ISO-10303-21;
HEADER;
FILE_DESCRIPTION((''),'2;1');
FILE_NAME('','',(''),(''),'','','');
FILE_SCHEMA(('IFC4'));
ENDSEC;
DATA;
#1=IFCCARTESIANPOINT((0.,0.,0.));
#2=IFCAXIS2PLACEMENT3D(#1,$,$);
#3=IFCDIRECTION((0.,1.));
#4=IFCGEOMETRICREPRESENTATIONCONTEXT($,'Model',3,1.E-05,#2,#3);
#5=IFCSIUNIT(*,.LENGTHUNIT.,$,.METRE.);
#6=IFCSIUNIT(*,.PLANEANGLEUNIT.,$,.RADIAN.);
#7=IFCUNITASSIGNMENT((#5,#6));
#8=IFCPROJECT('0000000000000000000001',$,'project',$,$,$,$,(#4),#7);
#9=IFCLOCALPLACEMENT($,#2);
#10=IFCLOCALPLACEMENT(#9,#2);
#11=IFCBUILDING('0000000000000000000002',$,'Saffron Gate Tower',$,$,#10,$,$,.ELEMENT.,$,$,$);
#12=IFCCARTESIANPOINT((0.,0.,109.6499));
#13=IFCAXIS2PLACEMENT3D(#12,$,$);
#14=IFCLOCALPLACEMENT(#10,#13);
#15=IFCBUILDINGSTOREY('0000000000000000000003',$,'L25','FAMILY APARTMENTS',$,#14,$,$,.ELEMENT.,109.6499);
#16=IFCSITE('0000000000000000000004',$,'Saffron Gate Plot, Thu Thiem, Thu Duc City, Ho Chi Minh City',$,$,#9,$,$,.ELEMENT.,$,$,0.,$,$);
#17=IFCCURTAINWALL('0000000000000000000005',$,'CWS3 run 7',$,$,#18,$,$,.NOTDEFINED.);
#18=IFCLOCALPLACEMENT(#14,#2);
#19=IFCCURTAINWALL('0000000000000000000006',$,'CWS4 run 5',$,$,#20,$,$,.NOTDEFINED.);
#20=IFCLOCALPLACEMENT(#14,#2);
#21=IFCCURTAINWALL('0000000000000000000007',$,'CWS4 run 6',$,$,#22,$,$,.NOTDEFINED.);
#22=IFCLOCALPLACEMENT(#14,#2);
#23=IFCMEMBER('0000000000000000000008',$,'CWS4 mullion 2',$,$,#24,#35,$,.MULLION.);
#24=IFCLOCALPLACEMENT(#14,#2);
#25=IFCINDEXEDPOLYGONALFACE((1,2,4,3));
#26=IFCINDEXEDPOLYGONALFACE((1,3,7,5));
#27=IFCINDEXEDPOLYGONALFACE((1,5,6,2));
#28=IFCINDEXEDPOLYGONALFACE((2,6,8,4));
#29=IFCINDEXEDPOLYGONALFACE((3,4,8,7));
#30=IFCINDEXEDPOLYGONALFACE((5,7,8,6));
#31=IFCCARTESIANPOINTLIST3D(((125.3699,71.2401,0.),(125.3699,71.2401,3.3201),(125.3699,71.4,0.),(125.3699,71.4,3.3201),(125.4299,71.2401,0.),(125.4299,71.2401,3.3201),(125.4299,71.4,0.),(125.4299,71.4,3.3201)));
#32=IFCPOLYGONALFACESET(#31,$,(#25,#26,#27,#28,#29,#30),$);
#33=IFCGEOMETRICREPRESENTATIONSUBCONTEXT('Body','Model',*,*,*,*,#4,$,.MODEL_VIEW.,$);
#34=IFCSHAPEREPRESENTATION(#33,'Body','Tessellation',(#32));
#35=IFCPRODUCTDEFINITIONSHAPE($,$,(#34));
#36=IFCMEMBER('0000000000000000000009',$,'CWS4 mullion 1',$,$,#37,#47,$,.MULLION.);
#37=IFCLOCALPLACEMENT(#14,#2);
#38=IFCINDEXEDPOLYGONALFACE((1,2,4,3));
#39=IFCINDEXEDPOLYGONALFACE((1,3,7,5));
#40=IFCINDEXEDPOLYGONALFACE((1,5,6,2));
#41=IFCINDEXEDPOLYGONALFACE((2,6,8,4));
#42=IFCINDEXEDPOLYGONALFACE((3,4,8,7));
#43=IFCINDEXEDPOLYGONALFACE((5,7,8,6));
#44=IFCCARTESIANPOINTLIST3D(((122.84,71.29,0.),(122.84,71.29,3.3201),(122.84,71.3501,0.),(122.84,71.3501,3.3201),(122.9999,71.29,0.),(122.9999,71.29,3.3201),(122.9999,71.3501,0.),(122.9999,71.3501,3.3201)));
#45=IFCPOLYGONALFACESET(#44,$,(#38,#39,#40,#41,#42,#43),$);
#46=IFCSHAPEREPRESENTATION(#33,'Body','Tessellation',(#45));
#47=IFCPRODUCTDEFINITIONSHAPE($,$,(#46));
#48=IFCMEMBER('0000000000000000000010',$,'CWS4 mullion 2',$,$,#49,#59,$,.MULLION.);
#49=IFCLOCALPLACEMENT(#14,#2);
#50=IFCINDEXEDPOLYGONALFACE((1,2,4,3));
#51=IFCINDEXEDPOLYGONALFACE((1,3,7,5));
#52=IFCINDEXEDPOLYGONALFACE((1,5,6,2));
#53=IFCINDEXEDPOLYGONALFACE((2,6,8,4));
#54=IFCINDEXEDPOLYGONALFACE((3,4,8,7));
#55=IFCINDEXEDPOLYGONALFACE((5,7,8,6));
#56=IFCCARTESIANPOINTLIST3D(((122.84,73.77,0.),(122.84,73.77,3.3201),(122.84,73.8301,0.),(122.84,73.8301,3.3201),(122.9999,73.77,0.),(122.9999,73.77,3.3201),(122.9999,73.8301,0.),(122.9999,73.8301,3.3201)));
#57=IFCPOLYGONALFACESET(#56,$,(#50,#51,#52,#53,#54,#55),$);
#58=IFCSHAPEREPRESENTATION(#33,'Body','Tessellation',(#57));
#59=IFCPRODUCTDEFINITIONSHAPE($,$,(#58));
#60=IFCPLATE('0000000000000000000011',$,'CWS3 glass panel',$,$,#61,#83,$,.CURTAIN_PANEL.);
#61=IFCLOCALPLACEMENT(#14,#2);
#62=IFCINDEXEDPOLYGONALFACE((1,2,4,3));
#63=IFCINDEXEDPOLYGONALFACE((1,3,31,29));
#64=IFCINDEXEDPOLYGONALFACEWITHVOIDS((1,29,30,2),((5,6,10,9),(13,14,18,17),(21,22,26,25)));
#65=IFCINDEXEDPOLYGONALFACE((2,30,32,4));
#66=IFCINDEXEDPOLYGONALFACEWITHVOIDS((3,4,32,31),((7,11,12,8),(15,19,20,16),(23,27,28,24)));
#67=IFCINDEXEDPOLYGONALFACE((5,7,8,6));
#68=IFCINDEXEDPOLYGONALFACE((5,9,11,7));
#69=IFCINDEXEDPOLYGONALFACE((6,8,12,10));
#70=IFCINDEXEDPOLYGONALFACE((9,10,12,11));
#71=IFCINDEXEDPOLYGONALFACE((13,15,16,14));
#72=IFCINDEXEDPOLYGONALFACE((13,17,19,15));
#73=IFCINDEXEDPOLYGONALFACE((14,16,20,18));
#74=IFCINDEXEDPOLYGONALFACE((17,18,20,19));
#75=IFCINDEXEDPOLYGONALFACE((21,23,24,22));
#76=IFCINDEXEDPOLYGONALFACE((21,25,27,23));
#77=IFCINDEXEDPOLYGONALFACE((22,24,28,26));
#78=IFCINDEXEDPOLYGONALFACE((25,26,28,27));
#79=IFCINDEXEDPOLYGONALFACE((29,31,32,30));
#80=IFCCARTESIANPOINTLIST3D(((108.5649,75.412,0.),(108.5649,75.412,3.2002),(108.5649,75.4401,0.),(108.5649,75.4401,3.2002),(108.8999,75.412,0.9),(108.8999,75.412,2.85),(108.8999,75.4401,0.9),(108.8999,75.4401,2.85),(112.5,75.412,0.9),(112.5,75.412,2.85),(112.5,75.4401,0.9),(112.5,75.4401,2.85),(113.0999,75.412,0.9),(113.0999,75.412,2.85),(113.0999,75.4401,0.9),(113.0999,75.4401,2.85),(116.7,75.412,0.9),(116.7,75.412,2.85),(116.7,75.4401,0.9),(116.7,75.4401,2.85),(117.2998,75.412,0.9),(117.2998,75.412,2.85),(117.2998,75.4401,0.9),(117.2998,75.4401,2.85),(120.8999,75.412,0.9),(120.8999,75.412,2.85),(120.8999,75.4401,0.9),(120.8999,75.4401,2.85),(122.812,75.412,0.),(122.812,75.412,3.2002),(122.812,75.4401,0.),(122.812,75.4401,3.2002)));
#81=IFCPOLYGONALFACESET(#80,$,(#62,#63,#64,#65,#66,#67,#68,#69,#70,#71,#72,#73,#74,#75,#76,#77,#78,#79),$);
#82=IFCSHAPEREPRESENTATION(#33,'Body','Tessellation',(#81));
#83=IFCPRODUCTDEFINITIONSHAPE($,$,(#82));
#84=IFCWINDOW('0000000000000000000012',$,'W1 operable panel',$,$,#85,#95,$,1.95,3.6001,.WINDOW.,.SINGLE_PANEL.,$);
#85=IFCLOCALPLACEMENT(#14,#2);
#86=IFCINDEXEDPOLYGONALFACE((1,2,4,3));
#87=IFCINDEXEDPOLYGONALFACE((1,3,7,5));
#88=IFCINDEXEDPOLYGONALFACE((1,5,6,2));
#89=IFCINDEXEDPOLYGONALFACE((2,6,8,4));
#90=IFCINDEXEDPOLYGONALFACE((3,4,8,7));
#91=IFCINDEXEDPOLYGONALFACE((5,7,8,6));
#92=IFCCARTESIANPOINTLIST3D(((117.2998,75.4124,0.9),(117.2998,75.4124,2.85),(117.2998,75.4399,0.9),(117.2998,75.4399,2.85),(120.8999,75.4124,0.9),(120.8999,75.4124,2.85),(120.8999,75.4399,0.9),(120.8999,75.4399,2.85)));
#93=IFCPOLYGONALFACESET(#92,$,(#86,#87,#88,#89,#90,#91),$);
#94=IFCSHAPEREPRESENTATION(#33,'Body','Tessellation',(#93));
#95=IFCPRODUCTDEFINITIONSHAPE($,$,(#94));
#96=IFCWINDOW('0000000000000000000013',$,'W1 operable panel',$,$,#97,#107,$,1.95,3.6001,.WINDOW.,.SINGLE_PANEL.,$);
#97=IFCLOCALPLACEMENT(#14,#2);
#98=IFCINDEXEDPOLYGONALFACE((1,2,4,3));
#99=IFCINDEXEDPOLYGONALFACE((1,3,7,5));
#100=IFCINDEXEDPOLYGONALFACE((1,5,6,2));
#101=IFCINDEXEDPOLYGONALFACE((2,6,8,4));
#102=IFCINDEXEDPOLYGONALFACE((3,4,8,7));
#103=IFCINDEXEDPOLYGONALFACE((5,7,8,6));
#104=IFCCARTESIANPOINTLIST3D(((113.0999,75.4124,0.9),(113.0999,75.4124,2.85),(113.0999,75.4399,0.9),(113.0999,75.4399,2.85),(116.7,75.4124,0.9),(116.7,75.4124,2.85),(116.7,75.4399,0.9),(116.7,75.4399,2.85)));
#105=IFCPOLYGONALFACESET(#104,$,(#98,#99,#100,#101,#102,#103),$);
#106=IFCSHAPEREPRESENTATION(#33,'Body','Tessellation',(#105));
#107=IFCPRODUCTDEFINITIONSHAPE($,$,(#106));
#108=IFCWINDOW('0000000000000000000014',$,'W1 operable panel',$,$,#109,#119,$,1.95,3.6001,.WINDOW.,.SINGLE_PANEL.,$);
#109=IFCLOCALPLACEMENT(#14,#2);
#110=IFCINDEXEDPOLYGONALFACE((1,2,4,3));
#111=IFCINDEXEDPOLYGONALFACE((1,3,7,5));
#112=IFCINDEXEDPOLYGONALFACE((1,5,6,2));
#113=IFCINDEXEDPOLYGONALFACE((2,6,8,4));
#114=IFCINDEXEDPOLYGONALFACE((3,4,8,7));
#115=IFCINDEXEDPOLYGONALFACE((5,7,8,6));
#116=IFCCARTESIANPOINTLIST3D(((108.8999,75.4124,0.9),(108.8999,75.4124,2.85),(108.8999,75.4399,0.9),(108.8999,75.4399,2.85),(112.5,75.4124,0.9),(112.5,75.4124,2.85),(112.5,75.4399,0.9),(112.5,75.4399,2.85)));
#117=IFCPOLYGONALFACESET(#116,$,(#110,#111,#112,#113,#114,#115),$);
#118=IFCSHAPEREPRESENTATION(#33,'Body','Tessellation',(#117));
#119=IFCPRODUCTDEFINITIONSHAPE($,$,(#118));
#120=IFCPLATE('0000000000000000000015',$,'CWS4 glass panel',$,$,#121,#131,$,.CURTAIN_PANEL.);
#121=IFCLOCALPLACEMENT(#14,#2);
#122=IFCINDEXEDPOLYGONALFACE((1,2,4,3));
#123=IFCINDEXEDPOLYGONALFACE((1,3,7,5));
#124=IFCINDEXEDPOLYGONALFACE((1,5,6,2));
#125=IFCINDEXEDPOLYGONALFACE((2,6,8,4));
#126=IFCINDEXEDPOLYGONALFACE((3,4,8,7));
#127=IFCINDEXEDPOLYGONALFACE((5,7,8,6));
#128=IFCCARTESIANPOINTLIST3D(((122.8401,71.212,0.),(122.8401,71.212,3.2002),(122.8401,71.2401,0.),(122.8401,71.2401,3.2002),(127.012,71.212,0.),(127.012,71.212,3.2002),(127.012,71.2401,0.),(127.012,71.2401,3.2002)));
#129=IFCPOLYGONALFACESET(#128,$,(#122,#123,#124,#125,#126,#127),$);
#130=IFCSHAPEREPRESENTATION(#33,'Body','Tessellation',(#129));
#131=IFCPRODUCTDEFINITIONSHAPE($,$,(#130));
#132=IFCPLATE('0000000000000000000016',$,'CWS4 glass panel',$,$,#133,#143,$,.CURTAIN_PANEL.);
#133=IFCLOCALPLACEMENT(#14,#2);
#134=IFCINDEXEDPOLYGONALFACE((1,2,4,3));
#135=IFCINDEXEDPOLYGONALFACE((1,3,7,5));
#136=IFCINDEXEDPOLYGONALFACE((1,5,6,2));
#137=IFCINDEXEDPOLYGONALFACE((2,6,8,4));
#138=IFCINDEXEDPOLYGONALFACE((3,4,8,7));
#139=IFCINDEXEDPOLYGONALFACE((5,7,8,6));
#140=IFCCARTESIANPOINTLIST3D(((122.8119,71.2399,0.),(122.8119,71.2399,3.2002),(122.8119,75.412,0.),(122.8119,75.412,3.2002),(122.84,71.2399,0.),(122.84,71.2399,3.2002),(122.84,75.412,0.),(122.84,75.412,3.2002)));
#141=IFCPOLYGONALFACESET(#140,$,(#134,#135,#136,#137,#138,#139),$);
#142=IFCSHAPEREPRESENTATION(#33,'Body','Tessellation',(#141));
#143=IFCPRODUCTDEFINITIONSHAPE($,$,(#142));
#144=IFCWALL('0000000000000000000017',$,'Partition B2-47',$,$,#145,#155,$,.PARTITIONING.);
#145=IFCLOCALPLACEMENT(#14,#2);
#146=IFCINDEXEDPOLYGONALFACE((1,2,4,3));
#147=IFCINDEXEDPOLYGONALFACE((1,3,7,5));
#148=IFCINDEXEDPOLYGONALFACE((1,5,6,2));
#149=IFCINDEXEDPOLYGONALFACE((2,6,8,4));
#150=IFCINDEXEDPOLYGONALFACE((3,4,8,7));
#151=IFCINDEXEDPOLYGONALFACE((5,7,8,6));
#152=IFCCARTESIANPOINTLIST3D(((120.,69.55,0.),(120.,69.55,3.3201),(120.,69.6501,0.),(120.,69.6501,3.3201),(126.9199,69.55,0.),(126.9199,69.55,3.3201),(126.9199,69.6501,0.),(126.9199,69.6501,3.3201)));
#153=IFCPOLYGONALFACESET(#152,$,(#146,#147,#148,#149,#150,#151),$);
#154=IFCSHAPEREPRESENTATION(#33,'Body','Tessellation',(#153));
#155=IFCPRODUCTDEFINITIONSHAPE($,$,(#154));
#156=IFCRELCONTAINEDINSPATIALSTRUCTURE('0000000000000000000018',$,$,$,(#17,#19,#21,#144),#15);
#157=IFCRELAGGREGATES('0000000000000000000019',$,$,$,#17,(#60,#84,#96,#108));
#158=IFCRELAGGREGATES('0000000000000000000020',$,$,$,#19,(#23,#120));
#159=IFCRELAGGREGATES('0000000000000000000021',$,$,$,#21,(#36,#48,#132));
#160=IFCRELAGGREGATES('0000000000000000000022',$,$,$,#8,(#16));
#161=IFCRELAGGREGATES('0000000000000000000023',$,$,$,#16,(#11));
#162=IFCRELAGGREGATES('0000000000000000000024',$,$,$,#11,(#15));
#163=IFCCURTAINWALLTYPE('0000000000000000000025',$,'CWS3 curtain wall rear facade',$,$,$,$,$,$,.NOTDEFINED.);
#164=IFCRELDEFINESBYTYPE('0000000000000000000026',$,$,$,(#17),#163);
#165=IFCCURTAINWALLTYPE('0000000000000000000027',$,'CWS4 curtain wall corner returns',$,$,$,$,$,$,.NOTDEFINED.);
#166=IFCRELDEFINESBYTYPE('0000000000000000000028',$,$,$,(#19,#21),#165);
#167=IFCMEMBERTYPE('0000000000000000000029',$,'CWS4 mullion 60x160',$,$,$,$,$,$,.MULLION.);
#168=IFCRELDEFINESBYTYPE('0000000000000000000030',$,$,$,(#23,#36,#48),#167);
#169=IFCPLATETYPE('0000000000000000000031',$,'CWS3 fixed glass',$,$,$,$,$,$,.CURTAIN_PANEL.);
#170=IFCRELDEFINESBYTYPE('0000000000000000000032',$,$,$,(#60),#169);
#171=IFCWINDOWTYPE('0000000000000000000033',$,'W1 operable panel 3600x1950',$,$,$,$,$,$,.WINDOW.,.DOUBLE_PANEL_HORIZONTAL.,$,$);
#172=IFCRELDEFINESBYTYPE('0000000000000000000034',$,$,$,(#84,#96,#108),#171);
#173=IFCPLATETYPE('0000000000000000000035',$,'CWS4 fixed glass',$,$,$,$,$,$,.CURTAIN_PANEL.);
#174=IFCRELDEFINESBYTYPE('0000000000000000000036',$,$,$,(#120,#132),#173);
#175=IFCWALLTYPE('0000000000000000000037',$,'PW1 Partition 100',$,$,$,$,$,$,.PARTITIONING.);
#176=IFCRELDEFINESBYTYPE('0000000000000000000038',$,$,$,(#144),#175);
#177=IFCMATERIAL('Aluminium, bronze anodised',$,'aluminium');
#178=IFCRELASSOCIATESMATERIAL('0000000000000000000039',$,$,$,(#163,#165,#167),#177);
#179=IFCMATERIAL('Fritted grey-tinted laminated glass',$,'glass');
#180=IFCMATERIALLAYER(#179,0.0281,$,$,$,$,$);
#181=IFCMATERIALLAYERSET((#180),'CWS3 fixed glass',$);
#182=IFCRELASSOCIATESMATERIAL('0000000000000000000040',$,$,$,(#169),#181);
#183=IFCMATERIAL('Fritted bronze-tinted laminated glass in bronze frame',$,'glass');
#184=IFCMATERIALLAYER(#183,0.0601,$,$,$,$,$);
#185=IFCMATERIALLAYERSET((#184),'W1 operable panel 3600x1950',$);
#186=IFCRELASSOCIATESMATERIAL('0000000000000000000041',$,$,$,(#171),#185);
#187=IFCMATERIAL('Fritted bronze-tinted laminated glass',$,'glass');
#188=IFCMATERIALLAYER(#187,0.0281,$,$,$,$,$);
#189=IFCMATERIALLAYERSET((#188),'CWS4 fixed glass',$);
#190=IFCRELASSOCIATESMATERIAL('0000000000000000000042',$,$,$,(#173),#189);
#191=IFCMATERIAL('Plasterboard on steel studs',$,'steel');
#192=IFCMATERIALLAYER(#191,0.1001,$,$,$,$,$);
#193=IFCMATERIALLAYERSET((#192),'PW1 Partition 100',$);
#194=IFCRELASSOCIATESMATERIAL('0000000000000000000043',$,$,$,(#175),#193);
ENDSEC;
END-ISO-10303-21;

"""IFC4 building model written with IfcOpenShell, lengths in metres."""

from ifc_helpers import new_model, si_unit, direction, frame, frame_2d, origin, origin_2d, place, context, subcontext, project, spatial, rectangle, extrude, material, layer, layer_set, material_profile, profile_set, type_object, element, fill, aggregate, save


model = new_model("IFC4")

# Units and contexts
model_context = context("Model", 3, precision=1e-05, world=origin(), true_north=direction((0.0, 1.0)))
body_context = subcontext(model_context, "Body", "Model", "MODEL_VIEW")
ifc_project = project(units=[si_unit("LENGTHUNIT", "METRE"), si_unit("PLANEANGLEUNIT", "RADIAN")], contexts=[model_context])

# Site, building, storey
site_placement = place(None, origin())
site = spatial("IfcSite", under=ifc_project, at=site_placement, Name="Saffron Gate Plot, Thu Thiem, Thu Duc City, Ho Chi Minh City", CompositionType="ELEMENT", RefElevation=0.0)
building_placement = place(site_placement, origin())
building = spatial("IfcBuilding", under=site, at=building_placement, Name="Saffron Gate Tower", CompositionType="ELEMENT")
storey_placement = place(building_placement, frame((0.0, 0.0, 109.6499)))
storey = spatial("IfcBuildingStorey", under=building, at=storey_placement, Name="L25", Description="FAMILY APARTMENTS", CompositionType="ELEMENT", Elevation=109.6499)

# Shared definitions
ifc_material_1 = material(Name="Aluminium, bronze anodised", Category="aluminium")

# Curtain wall
curtain_wall_type_1 = type_object("IfcCurtainWallType", Name="CWS3 curtain wall rear facade", PredefinedType="NOTDEFINED", material=ifc_material_1)
curtain_wall_1_placement = place(storey_placement, origin())
curtain_wall_1 = element("IfcCurtainWall", 1, at=curtain_wall_1_placement, inside=storey, type_object=curtain_wall_type_1, Name="CWS3 run 7", PredefinedType="NOTDEFINED")

# Curtain walls
curtain_wall_type_2 = type_object("IfcCurtainWallType", Name="CWS4 curtain wall corner returns", PredefinedType="NOTDEFINED", material=ifc_material_1)
curtain_wall_2_placement = place(storey_placement, origin())
curtain_wall_2 = element("IfcCurtainWall", 2, at=curtain_wall_2_placement, inside=storey, type_object=curtain_wall_type_2, Name="CWS4 run 5", PredefinedType="NOTDEFINED")
curtain_wall_3_placement = place(storey_placement, origin())
curtain_wall_3 = element("IfcCurtainWall", 3, at=curtain_wall_3_placement, inside=storey, type_object=curtain_wall_type_2, Name="CWS4 run 6", PredefinedType="NOTDEFINED")

# Members
ifc_material_profile_1 = material_profile(ifc_material_1, rectangle(XDim=0.1599, YDim=0.0601, at=origin_2d()))
ifc_profile_set_1 = profile_set([ifc_material_profile_1], Name="Aluminium, bronze anodised")
member_type_1 = type_object("IfcMemberType", Name="CWS4 mullion 60x160", PredefinedType="MULLION", material=ifc_profile_set_1)
member_1_placement = place(storey_placement, frame((125.3999, 71.3201, 0.0), z_axis=(0.0, 0.0, 1.0), x_axis=(0.0, -1.0, 0.0)))
member_1 = element("IfcMember", 4, at=member_1_placement, type_object=member_type_1, Name="CWS4 mullion 2", PredefinedType="MULLION", context=body_context, shape_type="SweptSolid", body=[
    extrude(rectangle(XDim=0.1599, YDim=0.0601, at=origin_2d()), origin(), (0.0, 0.0, 1.0), 3.3201),
])
member_2_placement = place(storey_placement, frame((122.9199, 71.3201, 0.0), z_axis=(0.0, 0.0, 1.0), x_axis=(-1.0, 0.0, 0.0)))
member_2 = element("IfcMember", 5, at=member_2_placement, type_object=member_type_1, Name="CWS4 mullion 1", PredefinedType="MULLION", context=body_context, shape_type="SweptSolid", body=[
    extrude(rectangle(XDim=0.1599, YDim=0.0601, at=origin_2d()), origin(), (0.0, 0.0, 1.0), 3.3201),
])
member_3_placement = place(storey_placement, frame((122.9199, 73.8, 0.0), z_axis=(0.0, 0.0, 1.0), x_axis=(-1.0, 0.0, 0.0)))
member_3 = element("IfcMember", 6, at=member_3_placement, type_object=member_type_1, Name="CWS4 mullion 2", PredefinedType="MULLION", context=body_context, shape_type="SweptSolid", body=[
    extrude(rectangle(XDim=0.1599, YDim=0.0601, at=origin_2d()), origin(), (0.0, 0.0, 1.0), 3.3201),
])

# Plate, openings, windows
ifc_material_2 = material(Name="Fritted grey-tinted laminated glass", Category="glass")
ifc_layer_1 = layer(ifc_material_2, 0.0281)
ifc_layer_set_1 = layer_set([ifc_layer_1], Name="CWS3 fixed glass")
plate_type_1 = type_object("IfcPlateType", Name="CWS3 fixed glass", PredefinedType="CURTAIN_PANEL", material=ifc_layer_set_1)
plate_1_placement = place(storey_placement, frame((122.812, 75.426, 0.0), z_axis=(0.0, 0.0, 1.0), x_axis=(-1.0, 0.0, 0.0)))
plate_1 = element("IfcPlate", 7, at=plate_1_placement, type_object=plate_type_1, Name="CWS3 glass panel", PredefinedType="CURTAIN_PANEL", context=body_context, shape_type="SweptSolid", body=[
    extrude(rectangle(XDim=14.2471, YDim=0.0281, at=frame_2d((7.1235, 0.0))), origin(), (0.0, 0.0, 1.0), 3.2002),
])
opening_1_placement = place(plate_1_placement, frame((1.9121, 0.0, 0.8999)))
opening_1 = element("IfcOpeningElement", 8, at=opening_1_placement, cuts=plate_1, PredefinedType="OPENING", context=body_context, shape_type="SweptSolid", body=[
    extrude(rectangle(XDim=3.6001, YDim=1.95, at=frame_2d((1.8, 0.9751))), frame((0.0, 0.0239, 0.0), z_axis=(0.0, -1.0, 0.0), x_axis=(1.0, 0.0, 0.0)), (0.0, 0.0, 1.0), 0.0481),
])
opening_2_placement = place(plate_1_placement, frame((6.1121, 0.0, 0.8999)))
opening_2 = element("IfcOpeningElement", 9, at=opening_2_placement, cuts=plate_1, PredefinedType="OPENING", context=body_context, shape_type="SweptSolid", body=[
    extrude(rectangle(XDim=3.6001, YDim=1.95, at=frame_2d((1.8, 0.9751))), frame((0.0, 0.0239, 0.0), z_axis=(0.0, -1.0, 0.0), x_axis=(1.0, 0.0, 0.0)), (0.0, 0.0, 1.0), 0.0481),
])
opening_3_placement = place(plate_1_placement, frame((10.312, 0.0, 0.8999)))
opening_3 = element("IfcOpeningElement", 10, at=opening_3_placement, cuts=plate_1, PredefinedType="OPENING", context=body_context, shape_type="SweptSolid", body=[
    extrude(rectangle(XDim=3.6001, YDim=1.95, at=frame_2d((1.8, 0.9751))), frame((0.0, 0.0239, 0.0), z_axis=(0.0, -1.0, 0.0), x_axis=(1.0, 0.0, 0.0)), (0.0, 0.0, 1.0), 0.0481),
])
ifc_material_3 = material(Name="Fritted bronze-tinted laminated glass in bronze frame", Category="glass")
ifc_layer_2 = layer(ifc_material_3, 0.0601)
ifc_layer_set_2 = layer_set([ifc_layer_2], Name="W1 operable panel 3600x1950")
window_type = type_object("IfcWindowType", Name="W1 operable panel 3600x1950", PartitioningType="DOUBLE_PANEL_HORIZONTAL", PredefinedType="WINDOW", material=ifc_layer_set_2)
window_1_placement = place(opening_1_placement, origin())
window_1 = element("IfcWindow", 11, at=window_1_placement, type_object=window_type, Name="W1 operable panel", OverallHeight=1.95, OverallWidth=3.6001, PartitioningType="SINGLE_PANEL", PredefinedType="WINDOW", context=body_context, shape_type="SweptSolid", body=[
    extrude(rectangle(XDim=3.6001, YDim=1.95, at=frame_2d((1.8, 0.9751))), frame((0.0, 0.0137, 0.0), z_axis=(0.0, -1.0, 0.0), x_axis=(1.0, 0.0, 0.0)), (0.0, 0.0, 1.0), 0.0276),
])
fill(opening_1, window_1)
window_2_placement = place(opening_2_placement, origin())
window_2 = element("IfcWindow", 12, at=window_2_placement, type_object=window_type, Name="W1 operable panel", OverallHeight=1.95, OverallWidth=3.6001, PartitioningType="SINGLE_PANEL", PredefinedType="WINDOW", context=body_context, shape_type="SweptSolid", body=[
    extrude(rectangle(XDim=3.6001, YDim=1.95, at=frame_2d((1.8, 0.9751))), frame((0.0, 0.0137, 0.0), z_axis=(0.0, -1.0, 0.0), x_axis=(1.0, 0.0, 0.0)), (0.0, 0.0, 1.0), 0.0276),
])
fill(opening_2, window_2)
window_3_placement = place(opening_3_placement, origin())
window_3 = element("IfcWindow", 13, at=window_3_placement, type_object=window_type, Name="W1 operable panel", OverallHeight=1.95, OverallWidth=3.6001, PartitioningType="SINGLE_PANEL", PredefinedType="WINDOW", context=body_context, shape_type="SweptSolid", body=[
    extrude(rectangle(XDim=3.6001, YDim=1.95, at=frame_2d((1.8, 0.9751))), frame((0.0, 0.0137, 0.0), z_axis=(0.0, -1.0, 0.0), x_axis=(1.0, 0.0, 0.0)), (0.0, 0.0, 1.0), 0.0276),
])
fill(opening_3, window_3)
aggregate(curtain_wall_1, [plate_1, window_1, window_2, window_3])

# Plates
ifc_material_4 = material(Name="Fritted bronze-tinted laminated glass", Category="glass")
ifc_layer_3 = layer(ifc_material_4, 0.0281)
ifc_layer_set_3 = layer_set([ifc_layer_3], Name="CWS4 fixed glass")
plate_type_2 = type_object("IfcPlateType", Name="CWS4 fixed glass", PredefinedType="CURTAIN_PANEL", material=ifc_layer_set_3)
plate_2_placement = place(storey_placement, frame((127.012, 71.2261, 0.0), z_axis=(0.0, 0.0, 1.0), x_axis=(-1.0, 0.0, 0.0)))
plate_2 = element("IfcPlate", 14, at=plate_2_placement, type_object=plate_type_2, Name="CWS4 glass panel", PredefinedType="CURTAIN_PANEL", context=body_context, shape_type="SweptSolid", body=[
    extrude(rectangle(XDim=4.1719, YDim=0.0281, at=frame_2d((2.0859, 0.0))), origin(), (0.0, 0.0, 1.0), 3.2002),
])
aggregate(curtain_wall_2, [member_1, plate_2])
plate_3_placement = place(storey_placement, frame((122.8259, 71.24, 0.0), z_axis=(0.0, 0.0, 1.0), x_axis=(0.0, 1.0, 0.0)))
plate_3 = element("IfcPlate", 15, at=plate_3_placement, type_object=plate_type_2, Name="CWS4 glass panel", PredefinedType="CURTAIN_PANEL", context=body_context, shape_type="SweptSolid", body=[
    extrude(rectangle(XDim=4.1721, YDim=0.0281, at=frame_2d((2.0859, 0.0))), origin(), (0.0, 0.0, 1.0), 3.2002),
])
aggregate(curtain_wall_3, [member_2, member_3, plate_3])

# Wall
ifc_material_5 = material(Name="Plasterboard on steel studs", Category="steel")
ifc_layer_4 = layer(ifc_material_5, 0.1001)
ifc_layer_set_4 = layer_set([ifc_layer_4], Name="PW1 Partition 100")
wall_type_1 = type_object("IfcWallType", Name="PW1 Partition 100", PredefinedType="PARTITIONING", material=ifc_layer_set_4)
wall_1_placement = place(storey_placement, frame((120.0, 69.6001, 0.0), z_axis=(0.0, 0.0, 1.0), x_axis=(1.0, 0.0, 0.0)))
element("IfcWall", 16, at=wall_1_placement, inside=storey, type_object=wall_type_1, Name="Partition B2-47", PredefinedType="PARTITIONING", context=body_context, shape_type="SweptSolid", body=[
    extrude(rectangle(XDim=6.9199, YDim=0.1001, at=frame_2d((3.46, 0.0))), origin(), (0.0, 0.0, 1.0), 3.3201),
])

save(model, "model.ifc")
